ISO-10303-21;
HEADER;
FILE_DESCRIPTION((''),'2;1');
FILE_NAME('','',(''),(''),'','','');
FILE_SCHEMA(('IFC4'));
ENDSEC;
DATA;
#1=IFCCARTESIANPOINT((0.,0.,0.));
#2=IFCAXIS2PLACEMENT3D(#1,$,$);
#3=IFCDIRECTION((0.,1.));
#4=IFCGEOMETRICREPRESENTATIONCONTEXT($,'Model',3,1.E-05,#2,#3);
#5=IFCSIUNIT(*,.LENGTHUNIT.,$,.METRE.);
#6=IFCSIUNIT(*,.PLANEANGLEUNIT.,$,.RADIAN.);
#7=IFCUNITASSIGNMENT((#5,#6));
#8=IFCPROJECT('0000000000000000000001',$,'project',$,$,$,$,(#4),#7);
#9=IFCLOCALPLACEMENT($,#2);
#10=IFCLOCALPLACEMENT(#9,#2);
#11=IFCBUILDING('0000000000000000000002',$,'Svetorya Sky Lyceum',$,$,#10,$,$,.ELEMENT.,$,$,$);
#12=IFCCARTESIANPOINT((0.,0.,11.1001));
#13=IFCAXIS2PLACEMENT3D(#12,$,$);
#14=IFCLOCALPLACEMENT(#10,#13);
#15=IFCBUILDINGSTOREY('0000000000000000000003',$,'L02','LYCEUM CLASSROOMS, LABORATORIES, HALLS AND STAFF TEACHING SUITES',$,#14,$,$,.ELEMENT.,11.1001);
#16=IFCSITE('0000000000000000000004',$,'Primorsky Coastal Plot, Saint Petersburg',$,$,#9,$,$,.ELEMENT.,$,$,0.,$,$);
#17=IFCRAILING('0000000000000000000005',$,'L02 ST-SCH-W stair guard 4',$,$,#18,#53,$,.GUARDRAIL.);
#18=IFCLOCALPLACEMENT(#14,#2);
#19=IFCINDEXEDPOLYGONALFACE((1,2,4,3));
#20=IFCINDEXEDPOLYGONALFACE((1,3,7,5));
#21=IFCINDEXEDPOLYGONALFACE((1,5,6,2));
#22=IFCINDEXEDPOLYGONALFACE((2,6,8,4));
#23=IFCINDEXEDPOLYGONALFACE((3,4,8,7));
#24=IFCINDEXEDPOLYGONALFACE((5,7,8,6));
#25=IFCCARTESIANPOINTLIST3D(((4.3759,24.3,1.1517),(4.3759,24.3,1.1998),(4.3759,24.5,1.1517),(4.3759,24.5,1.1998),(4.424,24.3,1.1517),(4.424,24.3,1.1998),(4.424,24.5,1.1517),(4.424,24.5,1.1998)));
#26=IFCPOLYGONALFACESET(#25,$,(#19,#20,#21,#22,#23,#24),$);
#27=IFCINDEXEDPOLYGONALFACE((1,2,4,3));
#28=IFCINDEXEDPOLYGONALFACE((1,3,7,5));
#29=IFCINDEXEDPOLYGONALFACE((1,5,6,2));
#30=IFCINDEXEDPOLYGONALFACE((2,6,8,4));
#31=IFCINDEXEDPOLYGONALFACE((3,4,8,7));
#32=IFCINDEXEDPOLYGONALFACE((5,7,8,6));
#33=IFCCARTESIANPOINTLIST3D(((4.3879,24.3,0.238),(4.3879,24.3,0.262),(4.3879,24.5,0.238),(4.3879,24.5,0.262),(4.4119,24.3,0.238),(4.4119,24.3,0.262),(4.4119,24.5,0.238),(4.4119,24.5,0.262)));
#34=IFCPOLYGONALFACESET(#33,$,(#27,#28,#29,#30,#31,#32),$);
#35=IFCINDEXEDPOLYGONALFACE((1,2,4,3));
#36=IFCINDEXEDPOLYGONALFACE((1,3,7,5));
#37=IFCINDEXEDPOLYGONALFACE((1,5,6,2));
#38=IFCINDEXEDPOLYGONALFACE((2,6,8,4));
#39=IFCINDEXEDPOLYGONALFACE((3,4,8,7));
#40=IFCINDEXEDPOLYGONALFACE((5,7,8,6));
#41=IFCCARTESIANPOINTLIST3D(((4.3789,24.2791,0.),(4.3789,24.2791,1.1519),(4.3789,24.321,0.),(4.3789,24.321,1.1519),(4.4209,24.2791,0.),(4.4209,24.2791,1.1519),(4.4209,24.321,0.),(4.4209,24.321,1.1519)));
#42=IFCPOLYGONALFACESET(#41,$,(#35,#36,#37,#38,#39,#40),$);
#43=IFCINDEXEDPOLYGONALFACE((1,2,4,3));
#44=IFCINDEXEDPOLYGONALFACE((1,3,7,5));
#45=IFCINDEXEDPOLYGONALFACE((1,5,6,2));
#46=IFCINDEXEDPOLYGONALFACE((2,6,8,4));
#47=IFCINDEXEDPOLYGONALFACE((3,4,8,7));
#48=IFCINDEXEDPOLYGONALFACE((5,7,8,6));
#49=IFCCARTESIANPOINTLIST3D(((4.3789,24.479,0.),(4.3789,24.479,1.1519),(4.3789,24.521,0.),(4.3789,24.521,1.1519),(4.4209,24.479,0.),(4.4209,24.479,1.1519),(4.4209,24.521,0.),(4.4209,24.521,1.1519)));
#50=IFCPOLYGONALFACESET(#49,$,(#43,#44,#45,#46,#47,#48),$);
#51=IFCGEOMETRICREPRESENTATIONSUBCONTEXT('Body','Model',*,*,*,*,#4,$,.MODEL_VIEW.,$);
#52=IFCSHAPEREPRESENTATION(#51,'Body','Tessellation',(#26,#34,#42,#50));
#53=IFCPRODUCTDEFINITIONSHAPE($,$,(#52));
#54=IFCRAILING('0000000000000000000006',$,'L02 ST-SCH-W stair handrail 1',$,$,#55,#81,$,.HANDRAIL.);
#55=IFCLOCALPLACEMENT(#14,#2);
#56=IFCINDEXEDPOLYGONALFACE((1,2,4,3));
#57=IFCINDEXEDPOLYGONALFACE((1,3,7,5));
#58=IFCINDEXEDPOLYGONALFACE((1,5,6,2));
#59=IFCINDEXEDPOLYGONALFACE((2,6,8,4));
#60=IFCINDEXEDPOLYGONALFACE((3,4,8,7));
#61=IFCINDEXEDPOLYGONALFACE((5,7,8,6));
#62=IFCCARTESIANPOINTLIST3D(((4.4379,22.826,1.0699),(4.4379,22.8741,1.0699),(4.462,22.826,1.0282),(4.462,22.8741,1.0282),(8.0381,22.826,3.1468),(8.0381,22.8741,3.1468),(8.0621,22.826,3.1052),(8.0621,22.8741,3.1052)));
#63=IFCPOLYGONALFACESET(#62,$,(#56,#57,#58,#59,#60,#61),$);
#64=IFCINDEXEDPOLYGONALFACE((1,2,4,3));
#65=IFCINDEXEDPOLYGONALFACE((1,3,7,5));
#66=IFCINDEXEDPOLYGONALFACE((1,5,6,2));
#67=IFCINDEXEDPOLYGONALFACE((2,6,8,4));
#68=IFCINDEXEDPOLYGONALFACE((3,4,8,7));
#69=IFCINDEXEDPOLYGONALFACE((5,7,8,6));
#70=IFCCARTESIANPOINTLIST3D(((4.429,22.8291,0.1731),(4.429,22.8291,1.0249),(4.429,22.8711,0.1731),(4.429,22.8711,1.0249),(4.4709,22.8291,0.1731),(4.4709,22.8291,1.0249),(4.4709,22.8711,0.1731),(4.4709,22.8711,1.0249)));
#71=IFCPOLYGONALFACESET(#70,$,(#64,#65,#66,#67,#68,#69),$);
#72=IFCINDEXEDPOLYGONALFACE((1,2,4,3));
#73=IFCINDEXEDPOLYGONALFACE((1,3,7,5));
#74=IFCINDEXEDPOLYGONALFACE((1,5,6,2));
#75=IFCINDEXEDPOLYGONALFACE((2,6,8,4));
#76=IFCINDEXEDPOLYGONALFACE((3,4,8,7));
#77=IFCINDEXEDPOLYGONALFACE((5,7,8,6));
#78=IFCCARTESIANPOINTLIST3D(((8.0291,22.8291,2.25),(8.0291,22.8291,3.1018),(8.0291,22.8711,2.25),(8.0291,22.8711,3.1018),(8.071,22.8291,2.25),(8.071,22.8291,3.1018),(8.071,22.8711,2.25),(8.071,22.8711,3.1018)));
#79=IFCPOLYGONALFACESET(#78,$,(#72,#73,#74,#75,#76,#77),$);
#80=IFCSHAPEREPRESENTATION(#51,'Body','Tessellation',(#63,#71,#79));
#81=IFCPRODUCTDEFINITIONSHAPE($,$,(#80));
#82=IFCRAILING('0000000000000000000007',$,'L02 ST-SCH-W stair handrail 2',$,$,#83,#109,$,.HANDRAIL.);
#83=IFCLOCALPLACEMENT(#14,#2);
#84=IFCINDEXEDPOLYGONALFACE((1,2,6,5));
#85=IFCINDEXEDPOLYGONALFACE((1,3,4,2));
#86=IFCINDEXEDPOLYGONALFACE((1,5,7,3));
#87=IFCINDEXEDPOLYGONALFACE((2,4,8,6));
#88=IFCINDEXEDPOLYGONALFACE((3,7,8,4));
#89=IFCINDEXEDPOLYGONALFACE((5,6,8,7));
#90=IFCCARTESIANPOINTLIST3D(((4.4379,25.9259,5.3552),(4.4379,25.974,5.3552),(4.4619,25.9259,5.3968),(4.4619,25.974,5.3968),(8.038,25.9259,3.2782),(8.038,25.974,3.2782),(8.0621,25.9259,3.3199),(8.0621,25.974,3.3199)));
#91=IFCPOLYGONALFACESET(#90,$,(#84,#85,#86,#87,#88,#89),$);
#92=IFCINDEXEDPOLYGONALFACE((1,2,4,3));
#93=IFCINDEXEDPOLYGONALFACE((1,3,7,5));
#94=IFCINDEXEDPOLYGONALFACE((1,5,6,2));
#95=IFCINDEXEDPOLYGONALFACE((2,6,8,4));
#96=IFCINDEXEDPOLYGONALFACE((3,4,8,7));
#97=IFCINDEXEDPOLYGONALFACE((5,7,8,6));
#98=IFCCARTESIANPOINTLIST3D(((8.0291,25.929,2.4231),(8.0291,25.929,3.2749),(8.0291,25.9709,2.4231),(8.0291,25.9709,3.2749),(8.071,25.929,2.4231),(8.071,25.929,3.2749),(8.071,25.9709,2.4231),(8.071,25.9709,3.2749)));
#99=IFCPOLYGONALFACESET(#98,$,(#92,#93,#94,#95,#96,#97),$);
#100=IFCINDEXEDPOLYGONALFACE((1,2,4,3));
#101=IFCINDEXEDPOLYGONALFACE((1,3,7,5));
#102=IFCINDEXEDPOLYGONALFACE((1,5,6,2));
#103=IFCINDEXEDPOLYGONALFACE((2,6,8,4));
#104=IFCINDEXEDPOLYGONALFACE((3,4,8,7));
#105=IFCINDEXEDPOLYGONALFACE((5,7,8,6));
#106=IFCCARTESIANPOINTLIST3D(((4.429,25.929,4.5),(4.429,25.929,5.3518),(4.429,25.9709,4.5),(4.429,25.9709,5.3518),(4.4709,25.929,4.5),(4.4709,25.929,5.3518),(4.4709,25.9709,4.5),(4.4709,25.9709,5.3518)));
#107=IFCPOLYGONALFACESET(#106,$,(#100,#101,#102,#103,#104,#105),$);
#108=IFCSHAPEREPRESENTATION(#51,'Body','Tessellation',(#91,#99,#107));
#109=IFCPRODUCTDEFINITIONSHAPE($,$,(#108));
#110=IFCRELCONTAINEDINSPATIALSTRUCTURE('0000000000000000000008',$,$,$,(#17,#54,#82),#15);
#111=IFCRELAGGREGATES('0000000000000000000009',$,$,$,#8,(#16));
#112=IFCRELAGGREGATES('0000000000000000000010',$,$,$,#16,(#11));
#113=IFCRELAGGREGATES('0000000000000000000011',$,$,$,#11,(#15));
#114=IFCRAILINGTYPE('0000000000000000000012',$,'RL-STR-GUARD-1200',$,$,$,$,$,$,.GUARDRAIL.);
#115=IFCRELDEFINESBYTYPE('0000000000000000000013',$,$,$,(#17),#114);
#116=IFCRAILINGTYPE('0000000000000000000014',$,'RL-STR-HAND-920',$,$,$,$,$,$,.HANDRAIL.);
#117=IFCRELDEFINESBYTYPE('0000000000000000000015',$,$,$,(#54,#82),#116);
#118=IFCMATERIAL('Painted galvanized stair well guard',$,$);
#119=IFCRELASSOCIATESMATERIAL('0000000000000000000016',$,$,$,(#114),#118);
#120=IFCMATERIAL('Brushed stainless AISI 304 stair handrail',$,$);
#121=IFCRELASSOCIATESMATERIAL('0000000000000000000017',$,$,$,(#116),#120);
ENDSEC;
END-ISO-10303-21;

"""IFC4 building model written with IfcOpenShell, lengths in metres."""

from ifc_helpers import new_model, si_unit, direction, frame, origin, origin_2d, place, context, subcontext, project, spatial, rectangle, extrude, material, type_object, element, save


model = new_model("IFC4")

# Units and contexts
model_context = context("Model", 3, precision=1e-05, world=origin(), true_north=direction((0.0, 1.0)))
body_context = subcontext(model_context, "Body", "Model", "MODEL_VIEW")
ifc_project = project(units=[si_unit("LENGTHUNIT", "METRE"), si_unit("PLANEANGLEUNIT", "RADIAN")], contexts=[model_context])

# Site, building, storey
site_placement = place(None, origin())
site = spatial("IfcSite", under=ifc_project, at=site_placement, Name="Primorsky Coastal Plot, Saint Petersburg", CompositionType="ELEMENT", RefElevation=0.0)
building_placement = place(site_placement, origin())
building = spatial("IfcBuilding", under=site, at=building_placement, Name="Svetorya Sky Lyceum", CompositionType="ELEMENT")
storey_placement = place(building_placement, frame((0.0, 0.0, 11.1001)))
storey = spatial("IfcBuildingStorey", under=building, at=storey_placement, Name="L02", Description="LYCEUM CLASSROOMS, LABORATORIES, HALLS AND STAFF TEACHING SUITES", CompositionType="ELEMENT", Elevation=11.1001)

# Railings
ifc_material_1 = material(Name="Painted galvanized stair well guard")
railing_type_1 = type_object("IfcRailingType", Name="RL-STR-GUARD-1200", PredefinedType="GUARDRAIL", material=ifc_material_1)
railing_1_placement = place(storey_placement, frame((4.3999, 24.3, 0.0)))
element("IfcRailing", 1, at=railing_1_placement, inside=storey, type_object=railing_type_1, Name="L02 ST-SCH-W stair guard 4", PredefinedType="GUARDRAIL", context=body_context, shape_type="SweptSolid", body=[
    extrude(rectangle(XDim=0.0481, YDim=0.0481, at=origin_2d()), frame((0.0, 0.0, 1.1758), z_axis=(0.0, 1.0, 0.0), x_axis=(-1.0, 0.0, 0.0)), (0.0, 0.0, 1.0), 0.2),
    extrude(rectangle(XDim=0.0239, YDim=0.0239, at=origin_2d()), frame((0.0, 0.0, 0.25), z_axis=(0.0, 1.0, 0.0), x_axis=(-1.0, 0.0, 0.0)), (0.0, 0.0, 1.0), 0.2),
    extrude(rectangle(XDim=0.042, YDim=0.042, at=origin_2d()), origin(), (0.0, 0.0, 1.0), 1.1519),
    extrude(rectangle(XDim=0.042, YDim=0.042, at=origin_2d()), frame((0.0, 0.2, 0.0)), (0.0, 0.0, 1.0), 1.1519),
])
ifc_material_2 = material(Name="Brushed stainless AISI 304 stair handrail")
railing_type_2 = type_object("IfcRailingType", Name="RL-STR-HAND-920", PredefinedType="HANDRAIL", material=ifc_material_2)
railing_2_placement = place(storey_placement, frame((4.45, 22.8501, 0.1731)))
element("IfcRailing", 2, at=railing_2_placement, inside=storey, type_object=railing_type_2, Name="L02 ST-SCH-W stair handrail 1", PredefinedType="HANDRAIL", context=body_context, shape_type="SweptSolid", body=[
    extrude(rectangle(XDim=0.0481, YDim=0.0481, at=origin_2d()), frame((0.0, 0.0, 0.876), z_axis=(0.866193, 0.0, 0.499709), x_axis=(0.0, 1.0, 0.0)), (0.0, 0.0, 1.0), 4.1562),
    extrude(rectangle(XDim=0.042, YDim=0.042, at=origin_2d()), origin(), (0.0, 0.0, 1.0), 0.8518),
    extrude(rectangle(XDim=0.042, YDim=0.042, at=origin_2d()), frame((3.6001, 0.0, 2.0769)), (0.0, 0.0, 1.0), 0.8518),
])
railing_3_placement = place(storey_placement, frame((8.05, 25.95, 2.4231)))
element("IfcRailing", 3, at=railing_3_placement, inside=storey, type_object=railing_type_2, Name="L02 ST-SCH-W stair handrail 2", PredefinedType="HANDRAIL", context=body_context, shape_type="SweptSolid", body=[
    extrude(rectangle(XDim=0.0481, YDim=0.0481, at=origin_2d()), frame((0.0, 0.0, 0.876), z_axis=(-0.866193, 0.0, 0.499709), x_axis=(0.0, -1.0, 0.0)), (0.0, 0.0, 1.0), 4.1562),
    extrude(rectangle(XDim=0.042, YDim=0.042, at=origin_2d()), origin(), (0.0, 0.0, 1.0), 0.8518),
    extrude(rectangle(XDim=0.042, YDim=0.042, at=origin_2d()), frame((-3.6001, 0.0, 2.0769)), (0.0, 0.0, 1.0), 0.8518),
])

save(model, "model.ifc")
